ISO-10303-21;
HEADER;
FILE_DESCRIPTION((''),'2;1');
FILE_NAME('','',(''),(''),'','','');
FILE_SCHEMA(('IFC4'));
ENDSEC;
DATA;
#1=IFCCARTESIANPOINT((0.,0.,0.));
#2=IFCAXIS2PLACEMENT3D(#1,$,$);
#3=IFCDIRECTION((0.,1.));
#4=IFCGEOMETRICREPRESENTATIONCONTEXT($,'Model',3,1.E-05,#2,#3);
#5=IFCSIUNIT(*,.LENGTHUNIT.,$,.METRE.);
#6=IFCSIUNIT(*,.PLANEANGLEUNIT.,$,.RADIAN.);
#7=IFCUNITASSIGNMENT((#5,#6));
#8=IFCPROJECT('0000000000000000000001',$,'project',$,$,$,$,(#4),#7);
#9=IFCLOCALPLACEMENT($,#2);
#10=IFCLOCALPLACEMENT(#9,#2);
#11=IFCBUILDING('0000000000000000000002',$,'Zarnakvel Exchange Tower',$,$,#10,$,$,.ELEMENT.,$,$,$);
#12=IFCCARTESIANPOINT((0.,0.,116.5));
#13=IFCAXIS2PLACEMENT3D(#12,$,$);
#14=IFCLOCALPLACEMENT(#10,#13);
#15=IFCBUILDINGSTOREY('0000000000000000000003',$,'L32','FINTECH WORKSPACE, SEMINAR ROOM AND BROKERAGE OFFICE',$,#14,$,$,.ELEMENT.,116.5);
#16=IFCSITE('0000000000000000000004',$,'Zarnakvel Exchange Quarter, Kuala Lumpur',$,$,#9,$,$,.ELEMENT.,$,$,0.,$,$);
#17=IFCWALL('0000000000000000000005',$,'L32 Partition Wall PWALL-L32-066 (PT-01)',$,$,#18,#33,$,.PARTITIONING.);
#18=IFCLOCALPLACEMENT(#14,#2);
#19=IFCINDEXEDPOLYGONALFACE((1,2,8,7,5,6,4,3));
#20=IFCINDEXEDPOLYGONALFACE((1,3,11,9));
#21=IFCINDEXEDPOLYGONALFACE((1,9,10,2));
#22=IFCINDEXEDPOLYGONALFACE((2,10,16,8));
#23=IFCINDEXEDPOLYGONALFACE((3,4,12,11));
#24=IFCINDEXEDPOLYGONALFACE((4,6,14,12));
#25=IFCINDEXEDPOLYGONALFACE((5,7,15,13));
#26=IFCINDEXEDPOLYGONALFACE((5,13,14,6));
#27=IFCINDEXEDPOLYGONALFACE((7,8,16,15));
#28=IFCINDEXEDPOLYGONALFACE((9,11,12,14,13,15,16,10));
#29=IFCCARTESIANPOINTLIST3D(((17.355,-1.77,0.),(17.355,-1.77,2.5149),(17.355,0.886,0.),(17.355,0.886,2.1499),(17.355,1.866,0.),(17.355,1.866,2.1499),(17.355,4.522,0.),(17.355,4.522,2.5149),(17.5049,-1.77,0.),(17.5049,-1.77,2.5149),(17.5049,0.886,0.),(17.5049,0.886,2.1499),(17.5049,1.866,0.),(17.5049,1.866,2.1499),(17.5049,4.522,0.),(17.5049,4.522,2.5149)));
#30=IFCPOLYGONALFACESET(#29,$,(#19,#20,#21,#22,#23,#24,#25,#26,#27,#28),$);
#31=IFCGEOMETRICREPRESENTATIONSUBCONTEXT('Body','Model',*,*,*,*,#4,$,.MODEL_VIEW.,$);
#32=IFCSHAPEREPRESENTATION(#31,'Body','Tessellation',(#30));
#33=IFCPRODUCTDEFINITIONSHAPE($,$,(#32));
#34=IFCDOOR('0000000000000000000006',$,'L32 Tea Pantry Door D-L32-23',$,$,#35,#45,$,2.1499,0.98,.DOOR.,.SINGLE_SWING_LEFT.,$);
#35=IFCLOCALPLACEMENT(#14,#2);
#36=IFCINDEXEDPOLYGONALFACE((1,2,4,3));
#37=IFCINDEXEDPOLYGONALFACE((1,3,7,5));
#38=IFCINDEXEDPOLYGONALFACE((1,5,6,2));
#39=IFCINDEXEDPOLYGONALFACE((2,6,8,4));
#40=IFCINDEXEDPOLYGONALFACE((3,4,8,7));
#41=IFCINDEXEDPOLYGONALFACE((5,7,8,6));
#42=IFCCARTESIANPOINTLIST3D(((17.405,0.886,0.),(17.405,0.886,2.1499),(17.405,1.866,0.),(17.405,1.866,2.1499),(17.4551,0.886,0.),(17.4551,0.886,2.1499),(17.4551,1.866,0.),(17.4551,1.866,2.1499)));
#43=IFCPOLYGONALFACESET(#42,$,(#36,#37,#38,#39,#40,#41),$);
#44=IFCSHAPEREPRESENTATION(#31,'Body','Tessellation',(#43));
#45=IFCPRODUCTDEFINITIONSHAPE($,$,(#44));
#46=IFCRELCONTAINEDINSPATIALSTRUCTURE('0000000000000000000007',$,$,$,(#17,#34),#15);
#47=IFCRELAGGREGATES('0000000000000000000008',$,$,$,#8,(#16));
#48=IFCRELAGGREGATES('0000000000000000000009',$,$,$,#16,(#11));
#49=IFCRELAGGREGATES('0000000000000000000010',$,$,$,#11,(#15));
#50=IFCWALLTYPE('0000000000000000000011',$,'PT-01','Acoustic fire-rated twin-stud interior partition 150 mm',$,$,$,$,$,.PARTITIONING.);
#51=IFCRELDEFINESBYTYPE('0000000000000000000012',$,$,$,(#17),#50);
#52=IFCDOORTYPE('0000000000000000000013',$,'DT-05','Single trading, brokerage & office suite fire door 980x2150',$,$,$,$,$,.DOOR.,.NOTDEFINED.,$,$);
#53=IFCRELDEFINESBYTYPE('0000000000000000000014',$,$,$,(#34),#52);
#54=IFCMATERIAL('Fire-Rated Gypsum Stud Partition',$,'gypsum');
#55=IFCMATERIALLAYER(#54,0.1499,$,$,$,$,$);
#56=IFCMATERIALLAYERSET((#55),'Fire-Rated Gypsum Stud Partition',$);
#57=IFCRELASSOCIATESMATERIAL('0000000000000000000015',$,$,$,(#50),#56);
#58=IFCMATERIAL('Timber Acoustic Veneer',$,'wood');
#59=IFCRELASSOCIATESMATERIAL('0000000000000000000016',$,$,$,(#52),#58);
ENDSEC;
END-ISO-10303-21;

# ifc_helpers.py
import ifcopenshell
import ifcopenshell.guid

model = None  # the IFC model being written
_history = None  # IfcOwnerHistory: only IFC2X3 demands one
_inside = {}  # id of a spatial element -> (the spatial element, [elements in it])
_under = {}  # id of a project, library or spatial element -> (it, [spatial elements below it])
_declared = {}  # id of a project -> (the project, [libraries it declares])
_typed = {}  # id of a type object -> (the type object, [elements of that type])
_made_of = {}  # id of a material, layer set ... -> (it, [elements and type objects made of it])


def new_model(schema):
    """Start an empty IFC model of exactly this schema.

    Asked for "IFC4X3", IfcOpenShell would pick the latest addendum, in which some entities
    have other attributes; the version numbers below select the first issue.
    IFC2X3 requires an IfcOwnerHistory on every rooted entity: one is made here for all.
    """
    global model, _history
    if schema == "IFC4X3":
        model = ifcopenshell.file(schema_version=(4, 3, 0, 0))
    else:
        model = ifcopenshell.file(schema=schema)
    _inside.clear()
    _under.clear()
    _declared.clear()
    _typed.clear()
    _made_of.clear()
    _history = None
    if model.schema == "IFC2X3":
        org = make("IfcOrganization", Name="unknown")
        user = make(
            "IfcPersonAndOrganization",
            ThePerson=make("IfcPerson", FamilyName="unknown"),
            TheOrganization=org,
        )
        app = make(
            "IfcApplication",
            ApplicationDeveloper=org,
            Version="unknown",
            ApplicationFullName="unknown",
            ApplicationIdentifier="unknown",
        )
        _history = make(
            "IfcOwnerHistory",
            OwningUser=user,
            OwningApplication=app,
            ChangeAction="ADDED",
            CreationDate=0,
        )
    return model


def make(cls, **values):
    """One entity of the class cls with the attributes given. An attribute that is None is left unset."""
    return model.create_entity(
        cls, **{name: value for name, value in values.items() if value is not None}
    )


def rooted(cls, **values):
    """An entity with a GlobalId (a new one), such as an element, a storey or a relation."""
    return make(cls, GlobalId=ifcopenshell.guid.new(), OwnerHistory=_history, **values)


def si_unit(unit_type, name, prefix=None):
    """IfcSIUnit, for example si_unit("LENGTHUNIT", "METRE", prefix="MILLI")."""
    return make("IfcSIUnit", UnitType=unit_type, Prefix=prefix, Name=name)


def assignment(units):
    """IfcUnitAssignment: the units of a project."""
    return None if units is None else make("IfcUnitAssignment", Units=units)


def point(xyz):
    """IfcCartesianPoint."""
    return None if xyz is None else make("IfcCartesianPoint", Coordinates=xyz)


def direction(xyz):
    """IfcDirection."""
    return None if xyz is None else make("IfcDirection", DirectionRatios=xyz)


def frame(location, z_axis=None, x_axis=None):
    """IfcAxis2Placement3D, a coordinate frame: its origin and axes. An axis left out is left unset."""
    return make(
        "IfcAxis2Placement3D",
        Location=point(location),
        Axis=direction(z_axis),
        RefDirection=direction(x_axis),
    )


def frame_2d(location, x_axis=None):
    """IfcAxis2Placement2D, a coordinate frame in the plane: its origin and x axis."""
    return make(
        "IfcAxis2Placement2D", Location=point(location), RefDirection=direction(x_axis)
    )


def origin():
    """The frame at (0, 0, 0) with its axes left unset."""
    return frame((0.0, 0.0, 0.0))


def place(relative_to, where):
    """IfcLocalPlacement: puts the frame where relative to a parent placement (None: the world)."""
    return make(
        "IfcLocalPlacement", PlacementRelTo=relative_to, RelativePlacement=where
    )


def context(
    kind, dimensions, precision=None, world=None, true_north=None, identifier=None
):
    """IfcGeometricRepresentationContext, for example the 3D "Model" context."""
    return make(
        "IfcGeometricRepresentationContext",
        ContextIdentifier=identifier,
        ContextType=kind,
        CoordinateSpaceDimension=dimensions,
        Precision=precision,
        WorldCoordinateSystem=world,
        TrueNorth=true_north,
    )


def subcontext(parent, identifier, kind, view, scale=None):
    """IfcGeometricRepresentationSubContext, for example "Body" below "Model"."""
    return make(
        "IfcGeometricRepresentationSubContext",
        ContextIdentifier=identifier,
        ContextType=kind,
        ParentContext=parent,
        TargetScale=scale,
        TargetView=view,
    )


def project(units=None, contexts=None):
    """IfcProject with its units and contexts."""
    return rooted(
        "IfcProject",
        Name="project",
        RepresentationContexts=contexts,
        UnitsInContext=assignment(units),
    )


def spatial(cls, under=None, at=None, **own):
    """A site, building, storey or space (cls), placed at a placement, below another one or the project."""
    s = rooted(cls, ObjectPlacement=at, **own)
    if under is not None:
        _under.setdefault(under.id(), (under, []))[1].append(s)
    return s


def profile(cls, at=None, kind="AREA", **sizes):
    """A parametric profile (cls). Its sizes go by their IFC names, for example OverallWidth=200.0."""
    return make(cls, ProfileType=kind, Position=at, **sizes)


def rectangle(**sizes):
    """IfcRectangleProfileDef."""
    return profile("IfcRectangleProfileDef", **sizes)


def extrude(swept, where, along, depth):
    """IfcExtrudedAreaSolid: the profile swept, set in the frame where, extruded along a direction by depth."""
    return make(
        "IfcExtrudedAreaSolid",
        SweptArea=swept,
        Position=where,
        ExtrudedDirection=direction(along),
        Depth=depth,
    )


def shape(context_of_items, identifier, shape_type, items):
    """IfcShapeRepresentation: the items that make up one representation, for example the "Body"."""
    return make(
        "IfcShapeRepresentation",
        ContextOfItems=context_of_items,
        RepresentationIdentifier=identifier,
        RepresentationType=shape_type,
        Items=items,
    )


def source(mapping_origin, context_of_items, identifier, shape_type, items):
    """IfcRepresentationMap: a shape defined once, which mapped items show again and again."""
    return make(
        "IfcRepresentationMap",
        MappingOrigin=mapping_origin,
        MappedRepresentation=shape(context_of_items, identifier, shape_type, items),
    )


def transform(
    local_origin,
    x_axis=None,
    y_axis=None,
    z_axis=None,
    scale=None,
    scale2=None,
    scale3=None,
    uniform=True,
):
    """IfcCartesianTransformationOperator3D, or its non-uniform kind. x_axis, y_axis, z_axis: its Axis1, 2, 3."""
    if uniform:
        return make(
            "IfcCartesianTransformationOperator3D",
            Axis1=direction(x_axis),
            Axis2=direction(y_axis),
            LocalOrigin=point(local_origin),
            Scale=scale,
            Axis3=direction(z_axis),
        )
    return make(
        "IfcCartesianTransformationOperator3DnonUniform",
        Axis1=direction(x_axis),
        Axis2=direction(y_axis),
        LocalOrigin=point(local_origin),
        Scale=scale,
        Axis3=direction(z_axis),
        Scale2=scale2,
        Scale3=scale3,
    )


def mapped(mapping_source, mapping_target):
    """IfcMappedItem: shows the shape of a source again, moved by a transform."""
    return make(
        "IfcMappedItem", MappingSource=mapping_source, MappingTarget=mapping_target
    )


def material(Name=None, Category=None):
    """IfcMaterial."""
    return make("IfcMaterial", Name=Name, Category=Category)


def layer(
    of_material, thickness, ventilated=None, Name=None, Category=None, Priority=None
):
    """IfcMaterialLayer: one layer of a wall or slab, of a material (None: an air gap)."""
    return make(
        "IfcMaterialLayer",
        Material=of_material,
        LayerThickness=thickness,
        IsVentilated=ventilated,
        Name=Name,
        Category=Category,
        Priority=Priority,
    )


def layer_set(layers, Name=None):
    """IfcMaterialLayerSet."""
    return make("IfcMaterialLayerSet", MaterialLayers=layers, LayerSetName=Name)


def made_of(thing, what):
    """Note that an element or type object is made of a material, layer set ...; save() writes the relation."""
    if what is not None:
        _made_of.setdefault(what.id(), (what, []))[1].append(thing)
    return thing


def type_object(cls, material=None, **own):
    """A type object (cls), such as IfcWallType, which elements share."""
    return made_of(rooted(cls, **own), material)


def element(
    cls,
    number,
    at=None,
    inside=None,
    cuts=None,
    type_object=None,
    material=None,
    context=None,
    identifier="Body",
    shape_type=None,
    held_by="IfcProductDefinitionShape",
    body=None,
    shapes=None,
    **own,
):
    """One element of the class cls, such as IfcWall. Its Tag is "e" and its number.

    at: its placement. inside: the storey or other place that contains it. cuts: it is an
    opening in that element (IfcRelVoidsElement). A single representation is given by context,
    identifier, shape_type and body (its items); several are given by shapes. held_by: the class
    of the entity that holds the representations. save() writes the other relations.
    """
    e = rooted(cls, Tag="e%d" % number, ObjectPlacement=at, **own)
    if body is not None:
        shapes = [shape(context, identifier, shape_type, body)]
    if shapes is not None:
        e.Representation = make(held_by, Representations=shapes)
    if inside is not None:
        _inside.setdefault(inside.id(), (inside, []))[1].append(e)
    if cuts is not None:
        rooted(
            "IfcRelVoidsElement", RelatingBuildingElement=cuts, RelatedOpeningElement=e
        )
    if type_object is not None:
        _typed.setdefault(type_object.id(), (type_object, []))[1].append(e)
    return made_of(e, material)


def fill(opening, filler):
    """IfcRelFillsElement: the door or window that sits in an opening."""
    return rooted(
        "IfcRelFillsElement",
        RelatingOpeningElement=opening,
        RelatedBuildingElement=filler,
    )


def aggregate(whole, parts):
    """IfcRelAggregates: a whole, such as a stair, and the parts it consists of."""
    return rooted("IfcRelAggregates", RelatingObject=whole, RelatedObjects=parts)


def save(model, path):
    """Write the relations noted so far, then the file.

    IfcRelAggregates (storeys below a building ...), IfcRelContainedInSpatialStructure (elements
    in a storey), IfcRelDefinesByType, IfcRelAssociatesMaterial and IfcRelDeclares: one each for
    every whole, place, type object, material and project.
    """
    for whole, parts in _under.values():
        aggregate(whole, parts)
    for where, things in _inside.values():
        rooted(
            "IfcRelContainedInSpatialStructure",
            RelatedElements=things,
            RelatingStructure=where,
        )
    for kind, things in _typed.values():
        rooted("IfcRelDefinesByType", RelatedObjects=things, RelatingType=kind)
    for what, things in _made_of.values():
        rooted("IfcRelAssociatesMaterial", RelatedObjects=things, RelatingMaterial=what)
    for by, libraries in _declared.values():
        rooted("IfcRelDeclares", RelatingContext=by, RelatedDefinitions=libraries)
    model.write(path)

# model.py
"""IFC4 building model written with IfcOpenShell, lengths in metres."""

from ifc_helpers import new_model, si_unit, direction, frame, frame_2d, origin, place, context, subcontext, project, spatial, rectangle, extrude, source, transform, mapped, material, layer, layer_set, type_object, element, fill, save


model = new_model("IFC4")

# Units and contexts
model_context = context("Model", 3, precision=1e-05, world=origin(), true_north=direction((0.0, 1.0)))
body_context = subcontext(model_context, "Body", "Model", "MODEL_VIEW")
ifc_project = project(units=[si_unit("LENGTHUNIT", "METRE"), si_unit("PLANEANGLEUNIT", "RADIAN")], contexts=[model_context])

# Site, building, storey
site_placement = place(None, origin())
site = spatial("IfcSite", under=ifc_project, at=site_placement, Name="Zarnakvel Exchange Quarter, Kuala Lumpur", CompositionType="ELEMENT", RefElevation=0.0)
building_placement = place(site_placement, origin())
building = spatial("IfcBuilding", under=site, at=building_placement, Name="Zarnakvel Exchange Tower", CompositionType="ELEMENT")
storey_placement = place(building_placement, frame((0.0, 0.0, 116.5)))
storey = spatial("IfcBuildingStorey", under=building, at=storey_placement, Name="L32", Description="FINTECH WORKSPACE, SEMINAR ROOM AND BROKERAGE OFFICE", CompositionType="ELEMENT", Elevation=116.5)

# Shared definitions
ifc_material_1 = material(Name="Fire-Rated Gypsum Stud Partition", Category="gypsum")
ifc_layer_1 = layer(ifc_material_1, 0.1499)
ifc_layer_set_1 = layer_set([ifc_layer_1], Name="Fire-Rated Gypsum Stud Partition")
wall_type_1 = type_object("IfcWallType", Name="PT-01", Description="Acoustic fire-rated twin-stud interior partition 150 mm", PredefinedType="PARTITIONING", material=ifc_layer_set_1)

# Wall, opening, door
wall_1_placement = place(storey_placement, frame((17.4299, -1.77, 0.0), z_axis=(0.0, 0.0, 1.0), x_axis=(0.0, 1.0, 0.0)))
wall_1 = element("IfcWall", 1, at=wall_1_placement, inside=storey, type_object=wall_type_1, Name="L32 Partition Wall PWALL-L32-066 (PT-01)", PredefinedType="PARTITIONING", context=body_context, shape_type="SweptSolid", body=[
    extrude(rectangle(XDim=6.292, YDim=0.1499, at=frame_2d((3.146, 0.0))), origin(), (0.0, 0.0, 1.0), 2.5149),
])
opening_placement = place(wall_1_placement, frame((2.656, 0.0, 0.0)))
opening = element("IfcOpeningElement", 2, at=opening_placement, cuts=wall_1, PredefinedType="OPENING", context=body_context, shape_type="SweptSolid", body=[
    extrude(rectangle(XDim=0.98, YDim=2.1499, at=frame_2d((0.49, 1.075))), frame((0.0, 0.085, 0.0), z_axis=(0.0, -1.0, 0.0), x_axis=(1.0, 0.0, 0.0)), (0.0, 0.0, 1.0), 0.1699),
])
ifc_material_2 = material(Name="Timber Acoustic Veneer", Category="wood")
door_type = type_object("IfcDoorType", Name="DT-05", Description="Single trading, brokerage & office suite fire door 980x2150", OperationType="NOTDEFINED", PredefinedType="DOOR", material=ifc_material_2)
shared_shape_1 = source(origin(), body_context, "Body", "SweptSolid", [
    extrude(rectangle(XDim=0.98, YDim=2.1499, at=frame_2d((0.49, 1.075))), frame((0.0, 0.0249, 0.0), z_axis=(0.0, -1.0, 0.0), x_axis=(1.0, 0.0, 0.0)), (0.0, 0.0, 1.0), 0.05),
])
door_placement = place(opening_placement, origin())
door = element("IfcDoor", 3, at=door_placement, inside=storey, type_object=door_type, Name="L32 Tea Pantry Door D-L32-23", OperationType="SINGLE_SWING_LEFT", OverallHeight=2.1499, OverallWidth=0.98, PredefinedType="DOOR", context=body_context, shape_type="MappedRepresentation", body=[
    mapped(shared_shape_1, transform((0.0, 0.0, 0.0), x_axis=(1.0, 0.0, 0.0), y_axis=(0.0, 1.0, 0.0), z_axis=(0.0, 0.0, 1.0), scale=1.0)),
])
fill(opening, door)

save(model, "model.ifc")
